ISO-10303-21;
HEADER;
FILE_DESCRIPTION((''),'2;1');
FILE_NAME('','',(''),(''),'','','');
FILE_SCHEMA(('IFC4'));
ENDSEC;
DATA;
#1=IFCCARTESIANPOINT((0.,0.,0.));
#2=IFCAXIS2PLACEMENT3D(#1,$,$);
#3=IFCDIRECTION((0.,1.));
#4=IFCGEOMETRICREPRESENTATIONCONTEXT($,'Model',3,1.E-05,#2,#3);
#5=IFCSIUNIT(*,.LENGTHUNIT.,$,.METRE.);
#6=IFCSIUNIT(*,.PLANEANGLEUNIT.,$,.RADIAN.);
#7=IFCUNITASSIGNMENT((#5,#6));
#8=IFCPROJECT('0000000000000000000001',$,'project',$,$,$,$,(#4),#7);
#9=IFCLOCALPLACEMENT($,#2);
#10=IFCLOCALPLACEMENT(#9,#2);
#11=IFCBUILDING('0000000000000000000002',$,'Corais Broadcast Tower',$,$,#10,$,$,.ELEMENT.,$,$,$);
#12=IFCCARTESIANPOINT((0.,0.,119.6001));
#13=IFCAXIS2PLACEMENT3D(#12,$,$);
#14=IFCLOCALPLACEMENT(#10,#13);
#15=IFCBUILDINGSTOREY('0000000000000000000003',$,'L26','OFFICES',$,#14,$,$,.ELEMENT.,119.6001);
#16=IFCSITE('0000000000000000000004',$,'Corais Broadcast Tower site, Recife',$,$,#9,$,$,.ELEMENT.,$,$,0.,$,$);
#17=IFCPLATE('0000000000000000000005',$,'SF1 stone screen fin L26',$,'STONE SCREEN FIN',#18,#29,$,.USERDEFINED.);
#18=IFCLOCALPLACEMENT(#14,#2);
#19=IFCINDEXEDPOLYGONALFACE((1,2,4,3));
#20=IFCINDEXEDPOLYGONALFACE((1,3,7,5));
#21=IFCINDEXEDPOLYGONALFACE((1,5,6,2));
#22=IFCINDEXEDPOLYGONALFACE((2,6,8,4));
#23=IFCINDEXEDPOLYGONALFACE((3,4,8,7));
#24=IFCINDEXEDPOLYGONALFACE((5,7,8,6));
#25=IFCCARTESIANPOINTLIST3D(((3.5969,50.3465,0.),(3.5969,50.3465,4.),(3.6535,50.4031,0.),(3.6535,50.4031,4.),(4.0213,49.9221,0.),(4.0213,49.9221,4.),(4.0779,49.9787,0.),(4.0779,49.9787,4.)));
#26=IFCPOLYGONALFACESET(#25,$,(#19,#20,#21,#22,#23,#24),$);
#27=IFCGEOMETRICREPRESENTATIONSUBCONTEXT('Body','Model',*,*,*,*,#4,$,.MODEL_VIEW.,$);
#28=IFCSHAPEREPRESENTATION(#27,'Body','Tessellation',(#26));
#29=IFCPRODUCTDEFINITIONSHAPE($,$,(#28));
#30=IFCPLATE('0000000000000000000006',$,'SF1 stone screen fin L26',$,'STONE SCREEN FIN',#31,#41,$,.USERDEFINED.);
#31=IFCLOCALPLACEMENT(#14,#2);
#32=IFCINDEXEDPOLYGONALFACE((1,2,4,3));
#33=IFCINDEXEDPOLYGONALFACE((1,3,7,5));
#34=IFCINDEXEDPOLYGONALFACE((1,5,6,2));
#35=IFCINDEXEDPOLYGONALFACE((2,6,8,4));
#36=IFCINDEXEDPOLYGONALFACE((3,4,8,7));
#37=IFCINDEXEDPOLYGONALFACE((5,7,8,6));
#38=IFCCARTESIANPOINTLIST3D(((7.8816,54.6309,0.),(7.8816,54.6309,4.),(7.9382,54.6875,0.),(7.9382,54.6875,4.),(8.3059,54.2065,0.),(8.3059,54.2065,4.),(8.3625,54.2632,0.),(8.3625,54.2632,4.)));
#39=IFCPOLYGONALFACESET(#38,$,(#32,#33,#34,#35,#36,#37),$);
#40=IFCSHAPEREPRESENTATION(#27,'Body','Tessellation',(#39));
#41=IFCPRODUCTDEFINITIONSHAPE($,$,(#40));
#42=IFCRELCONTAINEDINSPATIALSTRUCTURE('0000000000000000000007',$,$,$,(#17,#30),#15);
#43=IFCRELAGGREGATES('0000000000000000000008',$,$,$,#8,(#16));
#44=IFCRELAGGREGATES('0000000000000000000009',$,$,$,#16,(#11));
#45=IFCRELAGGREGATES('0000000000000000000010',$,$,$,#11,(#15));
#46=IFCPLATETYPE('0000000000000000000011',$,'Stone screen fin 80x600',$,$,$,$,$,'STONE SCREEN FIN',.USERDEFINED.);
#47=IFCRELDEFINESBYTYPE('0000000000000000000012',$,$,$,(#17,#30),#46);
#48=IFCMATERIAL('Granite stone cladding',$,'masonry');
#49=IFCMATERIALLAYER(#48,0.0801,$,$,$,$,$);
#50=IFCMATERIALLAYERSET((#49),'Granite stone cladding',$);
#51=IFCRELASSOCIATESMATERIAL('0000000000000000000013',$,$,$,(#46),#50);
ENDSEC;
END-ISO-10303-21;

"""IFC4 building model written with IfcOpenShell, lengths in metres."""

from ifc_helpers import new_model, si_unit, direction, frame, origin, origin_2d, place, context, subcontext, project, spatial, rectangle, extrude, material, layer, layer_set, type_object, element, save


model = new_model("IFC4")

# Units and contexts
model_context = context("Model", 3, precision=1e-05, world=origin(), true_north=direction((0.0, 1.0)))
body_context = subcontext(model_context, "Body", "Model", "MODEL_VIEW")
ifc_project = project(units=[si_unit("LENGTHUNIT", "METRE"), si_unit("PLANEANGLEUNIT", "RADIAN")], contexts=[model_context])

# Site, building, storey
site_placement = place(None, origin())
site = spatial("IfcSite", under=ifc_project, at=site_placement, Name="Corais Broadcast Tower site, Recife", CompositionType="ELEMENT", RefElevation=0.0)
building_placement = place(site_placement, origin())
building = spatial("IfcBuilding", under=site, at=building_placement, Name="Corais Broadcast Tower", CompositionType="ELEMENT")
storey_placement = place(building_placement, frame((0.0, 0.0, 119.6001)))
storey = spatial("IfcBuildingStorey", under=building, at=storey_placement, Name="L26", Description="OFFICES", CompositionType="ELEMENT", Elevation=119.6001)

# Plates
ifc_material_1 = material(Name="Granite stone cladding", Category="masonry")
ifc_layer_1 = layer(ifc_material_1, 0.0801)
ifc_layer_set_1 = layer_set([ifc_layer_1], Name="Granite stone cladding")
plate_type_1 = type_object("IfcPlateType", Name="Stone screen fin 80x600", ElementType="STONE SCREEN FIN", PredefinedType="USERDEFINED", material=ifc_layer_set_1)
for number, where, z_axis, x_axis, name in (
    (1, (3.8374, 50.1626, 0.0), (0.0, 0.0, 1.0), (0.707107, 0.707107, 0.0), "SF1 stone screen fin L26"),
    (2, (8.1221, 54.447, 0.0), (0.0, 0.0, 1.0), (0.707107, 0.707107, 0.0), "SF1 stone screen fin L26"),
):
    element("IfcPlate", number, at=place(storey_placement, frame(where, z_axis=z_axis, x_axis=x_axis)), inside=storey, type_object=plate_type_1, Name=name, ObjectType="STONE SCREEN FIN", PredefinedType="USERDEFINED", context=body_context, shape_type="SweptSolid", body=[
        extrude(rectangle(XDim=0.0801, YDim=0.6001, at=origin_2d()), origin(), (0.0, 0.0, 1.0), 4.0),
    ])

save(model, "model.ifc")
